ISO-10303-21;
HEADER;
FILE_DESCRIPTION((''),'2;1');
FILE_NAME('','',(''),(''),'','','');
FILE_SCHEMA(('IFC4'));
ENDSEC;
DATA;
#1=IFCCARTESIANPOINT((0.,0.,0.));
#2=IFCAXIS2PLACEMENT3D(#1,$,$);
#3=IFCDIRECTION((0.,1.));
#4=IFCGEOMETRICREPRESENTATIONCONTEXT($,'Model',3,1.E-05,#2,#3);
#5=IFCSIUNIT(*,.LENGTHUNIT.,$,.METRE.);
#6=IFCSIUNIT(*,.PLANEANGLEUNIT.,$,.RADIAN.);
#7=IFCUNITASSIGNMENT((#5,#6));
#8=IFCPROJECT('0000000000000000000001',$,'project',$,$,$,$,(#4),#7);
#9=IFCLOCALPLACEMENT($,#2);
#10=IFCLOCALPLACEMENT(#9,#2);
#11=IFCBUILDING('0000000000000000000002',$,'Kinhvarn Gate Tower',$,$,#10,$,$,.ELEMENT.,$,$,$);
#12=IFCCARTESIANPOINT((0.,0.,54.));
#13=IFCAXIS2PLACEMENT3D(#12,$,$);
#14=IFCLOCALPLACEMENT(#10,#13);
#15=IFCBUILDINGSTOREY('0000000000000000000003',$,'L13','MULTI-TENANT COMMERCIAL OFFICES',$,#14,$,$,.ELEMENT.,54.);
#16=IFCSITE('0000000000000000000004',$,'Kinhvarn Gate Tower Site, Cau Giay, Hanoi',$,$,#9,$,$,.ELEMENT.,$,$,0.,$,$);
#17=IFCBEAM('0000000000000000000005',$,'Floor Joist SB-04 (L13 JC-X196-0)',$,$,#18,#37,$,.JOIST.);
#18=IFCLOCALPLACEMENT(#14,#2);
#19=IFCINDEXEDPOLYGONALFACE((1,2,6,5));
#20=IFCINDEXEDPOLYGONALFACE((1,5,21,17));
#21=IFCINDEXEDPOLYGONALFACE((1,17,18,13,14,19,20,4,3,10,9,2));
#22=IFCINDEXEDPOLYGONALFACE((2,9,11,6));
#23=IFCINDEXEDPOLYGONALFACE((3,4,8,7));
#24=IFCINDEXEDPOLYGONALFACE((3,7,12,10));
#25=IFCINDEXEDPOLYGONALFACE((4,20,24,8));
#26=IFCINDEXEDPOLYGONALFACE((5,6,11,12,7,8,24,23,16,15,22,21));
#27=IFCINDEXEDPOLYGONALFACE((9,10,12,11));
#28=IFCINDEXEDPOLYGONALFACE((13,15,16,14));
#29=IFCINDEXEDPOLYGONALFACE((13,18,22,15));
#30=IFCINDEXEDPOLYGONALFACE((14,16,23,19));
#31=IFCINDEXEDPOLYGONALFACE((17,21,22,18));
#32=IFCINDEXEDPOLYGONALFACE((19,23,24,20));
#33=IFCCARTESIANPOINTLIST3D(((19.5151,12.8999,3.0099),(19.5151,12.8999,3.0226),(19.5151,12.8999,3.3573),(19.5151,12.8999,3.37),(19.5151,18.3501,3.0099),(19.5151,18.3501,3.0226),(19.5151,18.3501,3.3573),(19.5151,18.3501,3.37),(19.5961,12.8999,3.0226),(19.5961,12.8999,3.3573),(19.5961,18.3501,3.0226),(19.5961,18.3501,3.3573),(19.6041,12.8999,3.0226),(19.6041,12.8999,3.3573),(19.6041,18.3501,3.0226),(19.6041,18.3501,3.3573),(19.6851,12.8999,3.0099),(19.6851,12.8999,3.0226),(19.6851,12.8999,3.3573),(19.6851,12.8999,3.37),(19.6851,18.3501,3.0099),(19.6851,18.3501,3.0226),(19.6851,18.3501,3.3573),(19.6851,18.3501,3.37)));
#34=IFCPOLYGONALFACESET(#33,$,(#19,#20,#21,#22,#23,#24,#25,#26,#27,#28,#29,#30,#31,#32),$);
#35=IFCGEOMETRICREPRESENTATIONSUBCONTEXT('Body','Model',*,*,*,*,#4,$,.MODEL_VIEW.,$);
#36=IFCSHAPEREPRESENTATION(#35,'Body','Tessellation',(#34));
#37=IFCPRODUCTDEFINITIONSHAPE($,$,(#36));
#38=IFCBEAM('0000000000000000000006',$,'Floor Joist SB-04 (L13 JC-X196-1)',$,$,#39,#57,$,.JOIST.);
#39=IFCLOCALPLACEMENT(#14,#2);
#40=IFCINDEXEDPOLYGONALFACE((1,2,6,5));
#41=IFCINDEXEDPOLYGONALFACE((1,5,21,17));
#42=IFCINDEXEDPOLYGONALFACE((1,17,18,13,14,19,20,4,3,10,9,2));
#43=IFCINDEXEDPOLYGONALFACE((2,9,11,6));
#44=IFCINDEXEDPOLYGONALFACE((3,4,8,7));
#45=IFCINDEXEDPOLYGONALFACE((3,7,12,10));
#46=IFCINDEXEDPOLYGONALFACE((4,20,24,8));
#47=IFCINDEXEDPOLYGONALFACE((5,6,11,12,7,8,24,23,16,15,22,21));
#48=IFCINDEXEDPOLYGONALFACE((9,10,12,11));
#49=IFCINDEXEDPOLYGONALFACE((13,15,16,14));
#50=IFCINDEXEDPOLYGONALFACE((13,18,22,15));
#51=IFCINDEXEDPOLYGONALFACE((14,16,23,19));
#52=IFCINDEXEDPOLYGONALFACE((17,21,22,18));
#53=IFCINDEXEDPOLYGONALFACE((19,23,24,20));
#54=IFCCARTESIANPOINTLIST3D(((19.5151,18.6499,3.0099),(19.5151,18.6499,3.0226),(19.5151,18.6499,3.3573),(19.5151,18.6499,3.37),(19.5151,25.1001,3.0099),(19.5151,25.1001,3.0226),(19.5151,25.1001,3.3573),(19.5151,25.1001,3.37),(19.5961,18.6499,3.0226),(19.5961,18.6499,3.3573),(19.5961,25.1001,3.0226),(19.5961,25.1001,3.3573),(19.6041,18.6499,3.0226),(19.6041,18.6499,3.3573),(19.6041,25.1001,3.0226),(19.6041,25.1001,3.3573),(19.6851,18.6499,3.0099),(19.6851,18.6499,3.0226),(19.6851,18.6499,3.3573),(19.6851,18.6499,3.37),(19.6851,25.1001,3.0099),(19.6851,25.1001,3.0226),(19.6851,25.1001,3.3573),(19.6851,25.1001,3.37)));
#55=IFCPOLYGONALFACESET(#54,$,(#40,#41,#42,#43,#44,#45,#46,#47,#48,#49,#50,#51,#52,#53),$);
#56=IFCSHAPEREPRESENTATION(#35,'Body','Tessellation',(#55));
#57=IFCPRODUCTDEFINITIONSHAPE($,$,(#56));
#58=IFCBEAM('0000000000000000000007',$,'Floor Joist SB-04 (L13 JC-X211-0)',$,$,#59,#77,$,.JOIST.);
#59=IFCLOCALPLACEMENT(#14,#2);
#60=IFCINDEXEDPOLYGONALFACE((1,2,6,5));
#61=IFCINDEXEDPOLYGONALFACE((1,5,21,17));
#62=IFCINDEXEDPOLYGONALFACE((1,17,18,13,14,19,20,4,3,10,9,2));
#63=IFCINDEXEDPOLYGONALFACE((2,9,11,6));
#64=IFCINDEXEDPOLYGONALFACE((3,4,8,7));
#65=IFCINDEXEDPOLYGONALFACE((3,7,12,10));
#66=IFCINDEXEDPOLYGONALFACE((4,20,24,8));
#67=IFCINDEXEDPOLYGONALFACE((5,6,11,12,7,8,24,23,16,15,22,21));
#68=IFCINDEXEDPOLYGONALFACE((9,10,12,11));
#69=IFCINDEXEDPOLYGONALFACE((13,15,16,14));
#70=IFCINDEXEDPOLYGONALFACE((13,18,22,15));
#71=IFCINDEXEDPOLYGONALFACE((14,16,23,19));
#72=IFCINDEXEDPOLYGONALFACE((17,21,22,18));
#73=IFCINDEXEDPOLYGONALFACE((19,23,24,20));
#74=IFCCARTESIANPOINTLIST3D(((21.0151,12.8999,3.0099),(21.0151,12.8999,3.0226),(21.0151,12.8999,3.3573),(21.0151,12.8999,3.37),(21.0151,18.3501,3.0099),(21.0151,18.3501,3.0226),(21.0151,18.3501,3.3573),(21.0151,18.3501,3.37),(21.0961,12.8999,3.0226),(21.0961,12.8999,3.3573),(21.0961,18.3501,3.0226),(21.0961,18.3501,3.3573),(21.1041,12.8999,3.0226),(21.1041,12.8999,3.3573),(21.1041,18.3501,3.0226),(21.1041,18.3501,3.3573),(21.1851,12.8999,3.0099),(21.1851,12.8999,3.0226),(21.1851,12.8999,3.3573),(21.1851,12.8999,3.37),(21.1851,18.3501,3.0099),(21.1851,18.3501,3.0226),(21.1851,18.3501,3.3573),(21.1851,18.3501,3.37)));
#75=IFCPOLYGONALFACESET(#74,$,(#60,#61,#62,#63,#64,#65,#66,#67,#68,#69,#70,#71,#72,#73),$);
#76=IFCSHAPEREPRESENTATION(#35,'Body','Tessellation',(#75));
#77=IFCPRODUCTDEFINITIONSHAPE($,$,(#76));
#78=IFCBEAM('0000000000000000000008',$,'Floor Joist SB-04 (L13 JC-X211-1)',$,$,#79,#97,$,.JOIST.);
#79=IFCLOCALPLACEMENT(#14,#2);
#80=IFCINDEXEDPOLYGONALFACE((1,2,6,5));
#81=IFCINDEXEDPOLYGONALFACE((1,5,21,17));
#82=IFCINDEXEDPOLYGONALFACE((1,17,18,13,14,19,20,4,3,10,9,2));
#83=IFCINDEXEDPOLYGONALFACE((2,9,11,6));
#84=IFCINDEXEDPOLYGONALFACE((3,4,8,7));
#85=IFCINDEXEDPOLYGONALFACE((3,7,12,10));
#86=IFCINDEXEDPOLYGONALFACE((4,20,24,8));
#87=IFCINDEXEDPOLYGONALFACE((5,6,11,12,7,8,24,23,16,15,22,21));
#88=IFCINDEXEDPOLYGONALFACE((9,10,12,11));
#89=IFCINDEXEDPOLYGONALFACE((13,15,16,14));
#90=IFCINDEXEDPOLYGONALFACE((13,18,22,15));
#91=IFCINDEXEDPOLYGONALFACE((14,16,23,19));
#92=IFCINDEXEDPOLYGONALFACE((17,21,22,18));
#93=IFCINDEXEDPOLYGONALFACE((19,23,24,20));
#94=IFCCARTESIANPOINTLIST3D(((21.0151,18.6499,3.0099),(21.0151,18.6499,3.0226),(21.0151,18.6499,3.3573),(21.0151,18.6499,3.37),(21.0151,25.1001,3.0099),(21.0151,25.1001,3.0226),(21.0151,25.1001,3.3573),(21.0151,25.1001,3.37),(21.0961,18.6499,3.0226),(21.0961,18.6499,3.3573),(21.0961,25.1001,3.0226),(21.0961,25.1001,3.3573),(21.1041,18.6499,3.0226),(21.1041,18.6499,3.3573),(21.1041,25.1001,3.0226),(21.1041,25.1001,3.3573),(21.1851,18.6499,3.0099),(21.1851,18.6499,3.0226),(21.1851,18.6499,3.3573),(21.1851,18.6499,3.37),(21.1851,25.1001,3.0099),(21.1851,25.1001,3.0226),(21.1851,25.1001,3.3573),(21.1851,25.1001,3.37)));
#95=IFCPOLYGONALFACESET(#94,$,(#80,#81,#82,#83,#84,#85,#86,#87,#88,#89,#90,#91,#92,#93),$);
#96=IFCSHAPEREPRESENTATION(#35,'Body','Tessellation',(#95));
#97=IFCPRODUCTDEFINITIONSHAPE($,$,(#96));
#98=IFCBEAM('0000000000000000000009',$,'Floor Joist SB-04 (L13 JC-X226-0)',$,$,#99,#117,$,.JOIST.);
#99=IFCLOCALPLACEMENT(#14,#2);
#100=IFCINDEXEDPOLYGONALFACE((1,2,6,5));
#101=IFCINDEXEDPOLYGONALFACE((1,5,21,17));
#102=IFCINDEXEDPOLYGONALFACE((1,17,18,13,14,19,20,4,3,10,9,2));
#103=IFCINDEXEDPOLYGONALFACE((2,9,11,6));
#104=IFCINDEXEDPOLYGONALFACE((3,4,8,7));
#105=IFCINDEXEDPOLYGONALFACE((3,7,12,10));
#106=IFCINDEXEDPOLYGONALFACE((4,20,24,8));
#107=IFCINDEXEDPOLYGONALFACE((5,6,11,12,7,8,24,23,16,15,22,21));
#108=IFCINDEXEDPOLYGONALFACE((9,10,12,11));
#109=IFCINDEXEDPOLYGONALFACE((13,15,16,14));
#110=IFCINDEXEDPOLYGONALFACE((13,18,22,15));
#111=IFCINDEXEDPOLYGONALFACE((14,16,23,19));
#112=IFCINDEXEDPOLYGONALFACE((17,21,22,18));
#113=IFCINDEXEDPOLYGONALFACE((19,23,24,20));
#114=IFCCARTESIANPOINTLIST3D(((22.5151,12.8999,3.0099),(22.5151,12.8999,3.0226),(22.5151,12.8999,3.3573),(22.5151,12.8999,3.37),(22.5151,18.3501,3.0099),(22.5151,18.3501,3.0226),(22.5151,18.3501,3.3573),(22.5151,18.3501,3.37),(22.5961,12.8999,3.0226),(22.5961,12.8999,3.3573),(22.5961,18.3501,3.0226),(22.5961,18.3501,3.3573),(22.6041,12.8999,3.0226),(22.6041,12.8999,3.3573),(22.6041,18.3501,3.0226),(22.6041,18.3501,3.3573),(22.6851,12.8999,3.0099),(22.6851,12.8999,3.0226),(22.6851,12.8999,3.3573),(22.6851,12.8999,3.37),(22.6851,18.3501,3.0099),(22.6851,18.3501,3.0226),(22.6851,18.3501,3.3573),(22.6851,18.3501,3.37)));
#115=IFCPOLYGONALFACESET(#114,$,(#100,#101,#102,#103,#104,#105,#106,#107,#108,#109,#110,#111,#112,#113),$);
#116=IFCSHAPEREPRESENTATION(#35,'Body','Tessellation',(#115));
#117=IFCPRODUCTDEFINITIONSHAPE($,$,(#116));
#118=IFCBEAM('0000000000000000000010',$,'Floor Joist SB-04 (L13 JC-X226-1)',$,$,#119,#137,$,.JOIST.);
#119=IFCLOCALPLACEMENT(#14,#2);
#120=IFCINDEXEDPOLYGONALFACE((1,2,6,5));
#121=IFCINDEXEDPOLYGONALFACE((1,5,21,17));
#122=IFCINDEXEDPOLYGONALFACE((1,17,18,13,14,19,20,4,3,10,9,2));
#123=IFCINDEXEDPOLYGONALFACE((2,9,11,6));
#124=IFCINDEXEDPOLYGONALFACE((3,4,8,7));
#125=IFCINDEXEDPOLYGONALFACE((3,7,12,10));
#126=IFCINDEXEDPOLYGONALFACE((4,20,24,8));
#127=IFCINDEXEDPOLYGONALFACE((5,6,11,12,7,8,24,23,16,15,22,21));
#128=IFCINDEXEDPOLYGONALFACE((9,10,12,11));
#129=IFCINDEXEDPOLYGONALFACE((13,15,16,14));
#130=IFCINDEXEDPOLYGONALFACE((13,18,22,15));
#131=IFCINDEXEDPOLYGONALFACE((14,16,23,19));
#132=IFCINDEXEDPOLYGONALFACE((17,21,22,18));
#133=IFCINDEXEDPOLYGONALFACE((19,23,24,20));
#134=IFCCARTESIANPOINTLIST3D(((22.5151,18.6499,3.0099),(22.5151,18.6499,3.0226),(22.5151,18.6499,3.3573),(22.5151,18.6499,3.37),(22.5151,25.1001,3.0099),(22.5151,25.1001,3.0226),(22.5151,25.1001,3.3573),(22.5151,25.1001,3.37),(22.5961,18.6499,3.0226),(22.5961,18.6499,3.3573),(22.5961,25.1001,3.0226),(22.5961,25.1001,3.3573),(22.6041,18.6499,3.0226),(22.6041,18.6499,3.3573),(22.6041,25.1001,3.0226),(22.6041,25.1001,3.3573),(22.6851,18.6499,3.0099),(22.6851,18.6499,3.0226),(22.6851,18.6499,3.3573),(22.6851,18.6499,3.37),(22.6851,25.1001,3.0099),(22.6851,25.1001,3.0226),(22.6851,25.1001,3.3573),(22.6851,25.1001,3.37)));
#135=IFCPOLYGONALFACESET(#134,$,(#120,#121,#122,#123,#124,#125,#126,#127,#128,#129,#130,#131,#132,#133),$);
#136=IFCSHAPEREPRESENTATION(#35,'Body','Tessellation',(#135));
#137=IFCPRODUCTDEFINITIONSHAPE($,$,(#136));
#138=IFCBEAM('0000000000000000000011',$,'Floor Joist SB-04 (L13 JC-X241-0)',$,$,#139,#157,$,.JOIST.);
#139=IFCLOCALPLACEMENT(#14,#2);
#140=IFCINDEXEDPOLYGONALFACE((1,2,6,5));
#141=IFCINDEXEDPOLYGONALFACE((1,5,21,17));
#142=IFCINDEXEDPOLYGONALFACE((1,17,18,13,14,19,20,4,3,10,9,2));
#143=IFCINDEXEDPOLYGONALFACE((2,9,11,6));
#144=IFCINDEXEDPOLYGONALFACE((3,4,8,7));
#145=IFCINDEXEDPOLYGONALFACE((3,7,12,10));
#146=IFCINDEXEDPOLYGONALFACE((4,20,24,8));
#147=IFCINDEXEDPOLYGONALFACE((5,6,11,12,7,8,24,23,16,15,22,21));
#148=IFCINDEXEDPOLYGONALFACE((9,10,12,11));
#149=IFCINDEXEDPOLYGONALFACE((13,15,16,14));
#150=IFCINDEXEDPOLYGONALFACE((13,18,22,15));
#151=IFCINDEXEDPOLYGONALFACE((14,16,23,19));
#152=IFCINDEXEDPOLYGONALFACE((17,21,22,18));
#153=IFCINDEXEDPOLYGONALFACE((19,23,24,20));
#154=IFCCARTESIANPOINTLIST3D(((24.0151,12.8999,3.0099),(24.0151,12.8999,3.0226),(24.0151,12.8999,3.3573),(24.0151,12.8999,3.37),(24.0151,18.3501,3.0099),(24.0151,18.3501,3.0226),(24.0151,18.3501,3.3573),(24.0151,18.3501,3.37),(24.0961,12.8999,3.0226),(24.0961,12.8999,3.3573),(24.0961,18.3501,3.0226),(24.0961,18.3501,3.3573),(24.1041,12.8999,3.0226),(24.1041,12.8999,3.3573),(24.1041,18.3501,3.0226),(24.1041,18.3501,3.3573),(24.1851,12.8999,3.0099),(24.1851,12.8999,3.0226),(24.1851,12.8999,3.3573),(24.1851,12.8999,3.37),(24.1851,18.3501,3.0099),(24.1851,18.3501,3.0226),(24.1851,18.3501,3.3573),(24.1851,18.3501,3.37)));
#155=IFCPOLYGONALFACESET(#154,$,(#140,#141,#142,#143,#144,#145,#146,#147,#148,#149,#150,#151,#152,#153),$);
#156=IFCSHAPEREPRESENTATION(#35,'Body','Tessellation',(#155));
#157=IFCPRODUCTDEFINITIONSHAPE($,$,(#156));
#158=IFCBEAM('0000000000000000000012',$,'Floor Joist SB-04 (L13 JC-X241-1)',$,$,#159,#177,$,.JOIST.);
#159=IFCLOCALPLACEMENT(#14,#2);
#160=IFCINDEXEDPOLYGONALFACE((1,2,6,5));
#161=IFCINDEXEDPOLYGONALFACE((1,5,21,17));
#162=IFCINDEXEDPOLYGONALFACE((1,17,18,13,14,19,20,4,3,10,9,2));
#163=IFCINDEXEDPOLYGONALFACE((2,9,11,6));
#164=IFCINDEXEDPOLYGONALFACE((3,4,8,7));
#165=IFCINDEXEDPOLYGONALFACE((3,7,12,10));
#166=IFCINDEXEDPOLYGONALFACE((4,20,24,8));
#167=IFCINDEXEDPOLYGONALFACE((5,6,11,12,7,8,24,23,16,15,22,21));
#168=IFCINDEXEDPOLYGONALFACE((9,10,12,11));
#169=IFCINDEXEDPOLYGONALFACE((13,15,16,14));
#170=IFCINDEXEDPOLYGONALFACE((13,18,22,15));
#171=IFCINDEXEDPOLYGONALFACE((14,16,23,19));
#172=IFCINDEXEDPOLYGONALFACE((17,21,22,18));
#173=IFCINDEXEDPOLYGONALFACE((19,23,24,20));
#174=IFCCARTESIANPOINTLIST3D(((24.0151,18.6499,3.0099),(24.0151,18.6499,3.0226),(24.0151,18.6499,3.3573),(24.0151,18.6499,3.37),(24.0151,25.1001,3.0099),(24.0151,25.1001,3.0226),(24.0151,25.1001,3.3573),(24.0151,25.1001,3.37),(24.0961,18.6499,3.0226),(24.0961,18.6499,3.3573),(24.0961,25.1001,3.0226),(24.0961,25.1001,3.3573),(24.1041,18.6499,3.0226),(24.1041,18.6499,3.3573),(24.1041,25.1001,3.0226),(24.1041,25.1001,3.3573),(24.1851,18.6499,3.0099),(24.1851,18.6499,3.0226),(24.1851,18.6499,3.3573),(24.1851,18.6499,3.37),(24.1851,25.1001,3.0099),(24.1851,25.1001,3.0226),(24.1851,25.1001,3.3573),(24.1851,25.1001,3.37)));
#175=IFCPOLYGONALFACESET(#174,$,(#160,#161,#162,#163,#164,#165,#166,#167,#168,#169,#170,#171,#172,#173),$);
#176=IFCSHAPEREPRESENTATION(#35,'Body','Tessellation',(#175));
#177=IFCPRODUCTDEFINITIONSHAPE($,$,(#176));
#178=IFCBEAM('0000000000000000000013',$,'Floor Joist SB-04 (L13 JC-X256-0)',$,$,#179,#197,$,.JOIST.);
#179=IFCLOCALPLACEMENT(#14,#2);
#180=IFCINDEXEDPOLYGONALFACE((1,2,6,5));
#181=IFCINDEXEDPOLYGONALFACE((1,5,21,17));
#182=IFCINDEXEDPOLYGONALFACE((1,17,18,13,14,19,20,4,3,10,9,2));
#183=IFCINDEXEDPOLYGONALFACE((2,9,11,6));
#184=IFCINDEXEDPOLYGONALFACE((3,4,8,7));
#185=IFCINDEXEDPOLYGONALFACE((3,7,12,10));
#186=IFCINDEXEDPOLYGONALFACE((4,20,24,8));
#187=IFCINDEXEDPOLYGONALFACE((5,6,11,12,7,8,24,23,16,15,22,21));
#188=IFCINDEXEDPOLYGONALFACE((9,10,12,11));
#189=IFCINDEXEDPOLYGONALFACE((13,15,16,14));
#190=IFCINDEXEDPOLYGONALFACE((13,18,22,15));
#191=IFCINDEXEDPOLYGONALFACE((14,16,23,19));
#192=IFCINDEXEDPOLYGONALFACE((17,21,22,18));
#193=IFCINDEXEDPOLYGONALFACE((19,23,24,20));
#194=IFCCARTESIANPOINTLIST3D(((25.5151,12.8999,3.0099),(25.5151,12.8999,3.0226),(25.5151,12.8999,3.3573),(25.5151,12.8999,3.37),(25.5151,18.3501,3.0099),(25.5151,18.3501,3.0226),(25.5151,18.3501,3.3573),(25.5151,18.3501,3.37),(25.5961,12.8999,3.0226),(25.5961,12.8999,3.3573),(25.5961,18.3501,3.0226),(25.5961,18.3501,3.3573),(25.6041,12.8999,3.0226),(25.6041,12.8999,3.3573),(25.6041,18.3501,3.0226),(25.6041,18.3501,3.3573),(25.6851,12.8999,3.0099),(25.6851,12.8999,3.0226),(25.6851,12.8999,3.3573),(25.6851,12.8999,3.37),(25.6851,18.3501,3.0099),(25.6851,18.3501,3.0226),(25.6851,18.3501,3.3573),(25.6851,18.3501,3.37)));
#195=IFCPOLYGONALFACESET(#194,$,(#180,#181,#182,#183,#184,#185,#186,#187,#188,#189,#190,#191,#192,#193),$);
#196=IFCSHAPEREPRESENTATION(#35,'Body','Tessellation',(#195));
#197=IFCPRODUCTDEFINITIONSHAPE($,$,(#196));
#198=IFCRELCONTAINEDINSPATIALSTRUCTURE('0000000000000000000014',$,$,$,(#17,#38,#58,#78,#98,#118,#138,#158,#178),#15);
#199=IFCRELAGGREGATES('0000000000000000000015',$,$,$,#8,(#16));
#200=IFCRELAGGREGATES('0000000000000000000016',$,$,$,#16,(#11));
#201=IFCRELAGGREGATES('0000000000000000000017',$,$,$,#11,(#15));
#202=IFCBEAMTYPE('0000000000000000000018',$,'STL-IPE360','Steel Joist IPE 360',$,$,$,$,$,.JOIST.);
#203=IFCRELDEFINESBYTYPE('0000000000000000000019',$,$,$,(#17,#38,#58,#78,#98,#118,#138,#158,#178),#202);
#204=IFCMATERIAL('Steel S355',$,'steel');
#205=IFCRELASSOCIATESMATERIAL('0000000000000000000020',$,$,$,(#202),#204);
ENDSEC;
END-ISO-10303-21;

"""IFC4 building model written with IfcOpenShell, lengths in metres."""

from ifc_helpers import new_model, si_unit, direction, frame, origin, origin_2d, place, context, subcontext, project, spatial, i_section, extrude, material, material_profile, profile_set, type_object, element, save


model = new_model("IFC4")

# Units and contexts
model_context = context("Model", 3, precision=1e-05, world=origin(), true_north=direction((0.0, 1.0)))
body_context = subcontext(model_context, "Body", "Model", "MODEL_VIEW")
ifc_project = project(units=[si_unit("LENGTHUNIT", "METRE"), si_unit("PLANEANGLEUNIT", "RADIAN")], contexts=[model_context])

# Site, building, storey
site_placement = place(None, origin())
site = spatial("IfcSite", under=ifc_project, at=site_placement, Name="Kinhvarn Gate Tower Site, Cau Giay, Hanoi", CompositionType="ELEMENT", RefElevation=0.0)
building_placement = place(site_placement, origin())
building = spatial("IfcBuilding", under=site, at=building_placement, Name="Kinhvarn Gate Tower", CompositionType="ELEMENT")
storey_placement = place(building_placement, frame((0.0, 0.0, 54.0)))
storey = spatial("IfcBuildingStorey", under=building, at=storey_placement, Name="L13", Description="MULTI-TENANT COMMERCIAL OFFICES", CompositionType="ELEMENT", Elevation=54.0)

# Beams
ifc_material_1 = material(Name="Steel S355", Category="steel")
ifc_material_profile = material_profile(ifc_material_1, i_section(OverallWidth=0.1699, OverallDepth=0.3601, WebThickness=0.0081, FlangeThickness=0.0127, at=origin_2d()), Name="IPE 360")
ifc_profile_set = profile_set([ifc_material_profile], Name="Steel S355")
beam_type = type_object("IfcBeamType", Name="STL-IPE360", Description="Steel Joist IPE 360", PredefinedType="JOIST", material=ifc_profile_set)
beam_1_placement = place(storey_placement, frame((19.6001, 12.8999, 3.1899), z_axis=(0.0, 1.0, 0.0), x_axis=(-1.0, 0.0, 0.0)))
element("IfcBeam", 1, at=beam_1_placement, inside=storey, type_object=beam_type, Name="Floor Joist SB-04 (L13 JC-X196-0)", PredefinedType="JOIST", context=body_context, shape_type="SweptSolid", body=[
    extrude(i_section(OverallWidth=0.1699, OverallDepth=0.3601, WebThickness=0.0081, FlangeThickness=0.0127, at=origin_2d()), origin(), (0.0, 0.0, 1.0), 5.4502),
])
beam_2_placement = place(storey_placement, frame((19.6001, 18.6499, 3.1899), z_axis=(0.0, 1.0, 0.0), x_axis=(-1.0, 0.0, 0.0)))
element("IfcBeam", 2, at=beam_2_placement, inside=storey, type_object=beam_type, Name="Floor Joist SB-04 (L13 JC-X196-1)", PredefinedType="JOIST", context=body_context, shape_type="SweptSolid", body=[
    extrude(i_section(OverallWidth=0.1699, OverallDepth=0.3601, WebThickness=0.0081, FlangeThickness=0.0127, at=origin_2d()), origin(), (0.0, 0.0, 1.0), 6.4502),
])
beam_3_placement = place(storey_placement, frame((21.1001, 12.8999, 3.1899), z_axis=(0.0, 1.0, 0.0), x_axis=(-1.0, 0.0, 0.0)))
element("IfcBeam", 3, at=beam_3_placement, inside=storey, type_object=beam_type, Name="Floor Joist SB-04 (L13 JC-X211-0)", PredefinedType="JOIST", context=body_context, shape_type="SweptSolid", body=[
    extrude(i_section(OverallWidth=0.1699, OverallDepth=0.3601, WebThickness=0.0081, FlangeThickness=0.0127, at=origin_2d()), origin(), (0.0, 0.0, 1.0), 5.4502),
])
beam_4_placement = place(storey_placement, frame((21.1001, 18.6499, 3.1899), z_axis=(0.0, 1.0, 0.0), x_axis=(-1.0, 0.0, 0.0)))
element("IfcBeam", 4, at=beam_4_placement, inside=storey, type_object=beam_type, Name="Floor Joist SB-04 (L13 JC-X211-1)", PredefinedType="JOIST", context=body_context, shape_type="SweptSolid", body=[
    extrude(i_section(OverallWidth=0.1699, OverallDepth=0.3601, WebThickness=0.0081, FlangeThickness=0.0127, at=origin_2d()), origin(), (0.0, 0.0, 1.0), 6.4502),
])
beam_5_placement = place(storey_placement, frame((22.6001, 12.8999, 3.1899), z_axis=(0.0, 1.0, 0.0), x_axis=(-1.0, 0.0, 0.0)))
element("IfcBeam", 5, at=beam_5_placement, inside=storey, type_object=beam_type, Name="Floor Joist SB-04 (L13 JC-X226-0)", PredefinedType="JOIST", context=body_context, shape_type="SweptSolid", body=[
    extrude(i_section(OverallWidth=0.1699, OverallDepth=0.3601, WebThickness=0.0081, FlangeThickness=0.0127, at=origin_2d()), origin(), (0.0, 0.0, 1.0), 5.4502),
])
beam_6_placement = place(storey_placement, frame((22.6001, 18.6499, 3.1899), z_axis=(0.0, 1.0, 0.0), x_axis=(-1.0, 0.0, 0.0)))
element("IfcBeam", 6, at=beam_6_placement, inside=storey, type_object=beam_type, Name="Floor Joist SB-04 (L13 JC-X226-1)", PredefinedType="JOIST", context=body_context, shape_type="SweptSolid", body=[
    extrude(i_section(OverallWidth=0.1699, OverallDepth=0.3601, WebThickness=0.0081, FlangeThickness=0.0127, at=origin_2d()), origin(), (0.0, 0.0, 1.0), 6.4502),
])
beam_7_placement = place(storey_placement, frame((24.1001, 12.8999, 3.1899), z_axis=(0.0, 1.0, 0.0), x_axis=(-1.0, 0.0, 0.0)))
element("IfcBeam", 7, at=beam_7_placement, inside=storey, type_object=beam_type, Name="Floor Joist SB-04 (L13 JC-X241-0)", PredefinedType="JOIST", context=body_context, shape_type="SweptSolid", body=[
    extrude(i_section(OverallWidth=0.1699, OverallDepth=0.3601, WebThickness=0.0081, FlangeThickness=0.0127, at=origin_2d()), origin(), (0.0, 0.0, 1.0), 5.4502),
])
beam_8_placement = place(storey_placement, frame((24.1001, 18.6499, 3.1899), z_axis=(0.0, 1.0, 0.0), x_axis=(-1.0, 0.0, 0.0)))
element("IfcBeam", 8, at=beam_8_placement, inside=storey, type_object=beam_type, Name="Floor Joist SB-04 (L13 JC-X241-1)", PredefinedType="JOIST", context=body_context, shape_type="SweptSolid", body=[
    extrude(i_section(OverallWidth=0.1699, OverallDepth=0.3601, WebThickness=0.0081, FlangeThickness=0.0127, at=origin_2d()), origin(), (0.0, 0.0, 1.0), 6.4502),
])
beam_9_placement = place(storey_placement, frame((25.6001, 12.8999, 3.1899), z_axis=(0.0, 1.0, 0.0), x_axis=(-1.0, 0.0, 0.0)))
element("IfcBeam", 9, at=beam_9_placement, inside=storey, type_object=beam_type, Name="Floor Joist SB-04 (L13 JC-X256-0)", PredefinedType="JOIST", context=body_context, shape_type="SweptSolid", body=[
    extrude(i_section(OverallWidth=0.1699, OverallDepth=0.3601, WebThickness=0.0081, FlangeThickness=0.0127, at=origin_2d()), origin(), (0.0, 0.0, 1.0), 5.4502),
])

save(model, "model.ifc")
